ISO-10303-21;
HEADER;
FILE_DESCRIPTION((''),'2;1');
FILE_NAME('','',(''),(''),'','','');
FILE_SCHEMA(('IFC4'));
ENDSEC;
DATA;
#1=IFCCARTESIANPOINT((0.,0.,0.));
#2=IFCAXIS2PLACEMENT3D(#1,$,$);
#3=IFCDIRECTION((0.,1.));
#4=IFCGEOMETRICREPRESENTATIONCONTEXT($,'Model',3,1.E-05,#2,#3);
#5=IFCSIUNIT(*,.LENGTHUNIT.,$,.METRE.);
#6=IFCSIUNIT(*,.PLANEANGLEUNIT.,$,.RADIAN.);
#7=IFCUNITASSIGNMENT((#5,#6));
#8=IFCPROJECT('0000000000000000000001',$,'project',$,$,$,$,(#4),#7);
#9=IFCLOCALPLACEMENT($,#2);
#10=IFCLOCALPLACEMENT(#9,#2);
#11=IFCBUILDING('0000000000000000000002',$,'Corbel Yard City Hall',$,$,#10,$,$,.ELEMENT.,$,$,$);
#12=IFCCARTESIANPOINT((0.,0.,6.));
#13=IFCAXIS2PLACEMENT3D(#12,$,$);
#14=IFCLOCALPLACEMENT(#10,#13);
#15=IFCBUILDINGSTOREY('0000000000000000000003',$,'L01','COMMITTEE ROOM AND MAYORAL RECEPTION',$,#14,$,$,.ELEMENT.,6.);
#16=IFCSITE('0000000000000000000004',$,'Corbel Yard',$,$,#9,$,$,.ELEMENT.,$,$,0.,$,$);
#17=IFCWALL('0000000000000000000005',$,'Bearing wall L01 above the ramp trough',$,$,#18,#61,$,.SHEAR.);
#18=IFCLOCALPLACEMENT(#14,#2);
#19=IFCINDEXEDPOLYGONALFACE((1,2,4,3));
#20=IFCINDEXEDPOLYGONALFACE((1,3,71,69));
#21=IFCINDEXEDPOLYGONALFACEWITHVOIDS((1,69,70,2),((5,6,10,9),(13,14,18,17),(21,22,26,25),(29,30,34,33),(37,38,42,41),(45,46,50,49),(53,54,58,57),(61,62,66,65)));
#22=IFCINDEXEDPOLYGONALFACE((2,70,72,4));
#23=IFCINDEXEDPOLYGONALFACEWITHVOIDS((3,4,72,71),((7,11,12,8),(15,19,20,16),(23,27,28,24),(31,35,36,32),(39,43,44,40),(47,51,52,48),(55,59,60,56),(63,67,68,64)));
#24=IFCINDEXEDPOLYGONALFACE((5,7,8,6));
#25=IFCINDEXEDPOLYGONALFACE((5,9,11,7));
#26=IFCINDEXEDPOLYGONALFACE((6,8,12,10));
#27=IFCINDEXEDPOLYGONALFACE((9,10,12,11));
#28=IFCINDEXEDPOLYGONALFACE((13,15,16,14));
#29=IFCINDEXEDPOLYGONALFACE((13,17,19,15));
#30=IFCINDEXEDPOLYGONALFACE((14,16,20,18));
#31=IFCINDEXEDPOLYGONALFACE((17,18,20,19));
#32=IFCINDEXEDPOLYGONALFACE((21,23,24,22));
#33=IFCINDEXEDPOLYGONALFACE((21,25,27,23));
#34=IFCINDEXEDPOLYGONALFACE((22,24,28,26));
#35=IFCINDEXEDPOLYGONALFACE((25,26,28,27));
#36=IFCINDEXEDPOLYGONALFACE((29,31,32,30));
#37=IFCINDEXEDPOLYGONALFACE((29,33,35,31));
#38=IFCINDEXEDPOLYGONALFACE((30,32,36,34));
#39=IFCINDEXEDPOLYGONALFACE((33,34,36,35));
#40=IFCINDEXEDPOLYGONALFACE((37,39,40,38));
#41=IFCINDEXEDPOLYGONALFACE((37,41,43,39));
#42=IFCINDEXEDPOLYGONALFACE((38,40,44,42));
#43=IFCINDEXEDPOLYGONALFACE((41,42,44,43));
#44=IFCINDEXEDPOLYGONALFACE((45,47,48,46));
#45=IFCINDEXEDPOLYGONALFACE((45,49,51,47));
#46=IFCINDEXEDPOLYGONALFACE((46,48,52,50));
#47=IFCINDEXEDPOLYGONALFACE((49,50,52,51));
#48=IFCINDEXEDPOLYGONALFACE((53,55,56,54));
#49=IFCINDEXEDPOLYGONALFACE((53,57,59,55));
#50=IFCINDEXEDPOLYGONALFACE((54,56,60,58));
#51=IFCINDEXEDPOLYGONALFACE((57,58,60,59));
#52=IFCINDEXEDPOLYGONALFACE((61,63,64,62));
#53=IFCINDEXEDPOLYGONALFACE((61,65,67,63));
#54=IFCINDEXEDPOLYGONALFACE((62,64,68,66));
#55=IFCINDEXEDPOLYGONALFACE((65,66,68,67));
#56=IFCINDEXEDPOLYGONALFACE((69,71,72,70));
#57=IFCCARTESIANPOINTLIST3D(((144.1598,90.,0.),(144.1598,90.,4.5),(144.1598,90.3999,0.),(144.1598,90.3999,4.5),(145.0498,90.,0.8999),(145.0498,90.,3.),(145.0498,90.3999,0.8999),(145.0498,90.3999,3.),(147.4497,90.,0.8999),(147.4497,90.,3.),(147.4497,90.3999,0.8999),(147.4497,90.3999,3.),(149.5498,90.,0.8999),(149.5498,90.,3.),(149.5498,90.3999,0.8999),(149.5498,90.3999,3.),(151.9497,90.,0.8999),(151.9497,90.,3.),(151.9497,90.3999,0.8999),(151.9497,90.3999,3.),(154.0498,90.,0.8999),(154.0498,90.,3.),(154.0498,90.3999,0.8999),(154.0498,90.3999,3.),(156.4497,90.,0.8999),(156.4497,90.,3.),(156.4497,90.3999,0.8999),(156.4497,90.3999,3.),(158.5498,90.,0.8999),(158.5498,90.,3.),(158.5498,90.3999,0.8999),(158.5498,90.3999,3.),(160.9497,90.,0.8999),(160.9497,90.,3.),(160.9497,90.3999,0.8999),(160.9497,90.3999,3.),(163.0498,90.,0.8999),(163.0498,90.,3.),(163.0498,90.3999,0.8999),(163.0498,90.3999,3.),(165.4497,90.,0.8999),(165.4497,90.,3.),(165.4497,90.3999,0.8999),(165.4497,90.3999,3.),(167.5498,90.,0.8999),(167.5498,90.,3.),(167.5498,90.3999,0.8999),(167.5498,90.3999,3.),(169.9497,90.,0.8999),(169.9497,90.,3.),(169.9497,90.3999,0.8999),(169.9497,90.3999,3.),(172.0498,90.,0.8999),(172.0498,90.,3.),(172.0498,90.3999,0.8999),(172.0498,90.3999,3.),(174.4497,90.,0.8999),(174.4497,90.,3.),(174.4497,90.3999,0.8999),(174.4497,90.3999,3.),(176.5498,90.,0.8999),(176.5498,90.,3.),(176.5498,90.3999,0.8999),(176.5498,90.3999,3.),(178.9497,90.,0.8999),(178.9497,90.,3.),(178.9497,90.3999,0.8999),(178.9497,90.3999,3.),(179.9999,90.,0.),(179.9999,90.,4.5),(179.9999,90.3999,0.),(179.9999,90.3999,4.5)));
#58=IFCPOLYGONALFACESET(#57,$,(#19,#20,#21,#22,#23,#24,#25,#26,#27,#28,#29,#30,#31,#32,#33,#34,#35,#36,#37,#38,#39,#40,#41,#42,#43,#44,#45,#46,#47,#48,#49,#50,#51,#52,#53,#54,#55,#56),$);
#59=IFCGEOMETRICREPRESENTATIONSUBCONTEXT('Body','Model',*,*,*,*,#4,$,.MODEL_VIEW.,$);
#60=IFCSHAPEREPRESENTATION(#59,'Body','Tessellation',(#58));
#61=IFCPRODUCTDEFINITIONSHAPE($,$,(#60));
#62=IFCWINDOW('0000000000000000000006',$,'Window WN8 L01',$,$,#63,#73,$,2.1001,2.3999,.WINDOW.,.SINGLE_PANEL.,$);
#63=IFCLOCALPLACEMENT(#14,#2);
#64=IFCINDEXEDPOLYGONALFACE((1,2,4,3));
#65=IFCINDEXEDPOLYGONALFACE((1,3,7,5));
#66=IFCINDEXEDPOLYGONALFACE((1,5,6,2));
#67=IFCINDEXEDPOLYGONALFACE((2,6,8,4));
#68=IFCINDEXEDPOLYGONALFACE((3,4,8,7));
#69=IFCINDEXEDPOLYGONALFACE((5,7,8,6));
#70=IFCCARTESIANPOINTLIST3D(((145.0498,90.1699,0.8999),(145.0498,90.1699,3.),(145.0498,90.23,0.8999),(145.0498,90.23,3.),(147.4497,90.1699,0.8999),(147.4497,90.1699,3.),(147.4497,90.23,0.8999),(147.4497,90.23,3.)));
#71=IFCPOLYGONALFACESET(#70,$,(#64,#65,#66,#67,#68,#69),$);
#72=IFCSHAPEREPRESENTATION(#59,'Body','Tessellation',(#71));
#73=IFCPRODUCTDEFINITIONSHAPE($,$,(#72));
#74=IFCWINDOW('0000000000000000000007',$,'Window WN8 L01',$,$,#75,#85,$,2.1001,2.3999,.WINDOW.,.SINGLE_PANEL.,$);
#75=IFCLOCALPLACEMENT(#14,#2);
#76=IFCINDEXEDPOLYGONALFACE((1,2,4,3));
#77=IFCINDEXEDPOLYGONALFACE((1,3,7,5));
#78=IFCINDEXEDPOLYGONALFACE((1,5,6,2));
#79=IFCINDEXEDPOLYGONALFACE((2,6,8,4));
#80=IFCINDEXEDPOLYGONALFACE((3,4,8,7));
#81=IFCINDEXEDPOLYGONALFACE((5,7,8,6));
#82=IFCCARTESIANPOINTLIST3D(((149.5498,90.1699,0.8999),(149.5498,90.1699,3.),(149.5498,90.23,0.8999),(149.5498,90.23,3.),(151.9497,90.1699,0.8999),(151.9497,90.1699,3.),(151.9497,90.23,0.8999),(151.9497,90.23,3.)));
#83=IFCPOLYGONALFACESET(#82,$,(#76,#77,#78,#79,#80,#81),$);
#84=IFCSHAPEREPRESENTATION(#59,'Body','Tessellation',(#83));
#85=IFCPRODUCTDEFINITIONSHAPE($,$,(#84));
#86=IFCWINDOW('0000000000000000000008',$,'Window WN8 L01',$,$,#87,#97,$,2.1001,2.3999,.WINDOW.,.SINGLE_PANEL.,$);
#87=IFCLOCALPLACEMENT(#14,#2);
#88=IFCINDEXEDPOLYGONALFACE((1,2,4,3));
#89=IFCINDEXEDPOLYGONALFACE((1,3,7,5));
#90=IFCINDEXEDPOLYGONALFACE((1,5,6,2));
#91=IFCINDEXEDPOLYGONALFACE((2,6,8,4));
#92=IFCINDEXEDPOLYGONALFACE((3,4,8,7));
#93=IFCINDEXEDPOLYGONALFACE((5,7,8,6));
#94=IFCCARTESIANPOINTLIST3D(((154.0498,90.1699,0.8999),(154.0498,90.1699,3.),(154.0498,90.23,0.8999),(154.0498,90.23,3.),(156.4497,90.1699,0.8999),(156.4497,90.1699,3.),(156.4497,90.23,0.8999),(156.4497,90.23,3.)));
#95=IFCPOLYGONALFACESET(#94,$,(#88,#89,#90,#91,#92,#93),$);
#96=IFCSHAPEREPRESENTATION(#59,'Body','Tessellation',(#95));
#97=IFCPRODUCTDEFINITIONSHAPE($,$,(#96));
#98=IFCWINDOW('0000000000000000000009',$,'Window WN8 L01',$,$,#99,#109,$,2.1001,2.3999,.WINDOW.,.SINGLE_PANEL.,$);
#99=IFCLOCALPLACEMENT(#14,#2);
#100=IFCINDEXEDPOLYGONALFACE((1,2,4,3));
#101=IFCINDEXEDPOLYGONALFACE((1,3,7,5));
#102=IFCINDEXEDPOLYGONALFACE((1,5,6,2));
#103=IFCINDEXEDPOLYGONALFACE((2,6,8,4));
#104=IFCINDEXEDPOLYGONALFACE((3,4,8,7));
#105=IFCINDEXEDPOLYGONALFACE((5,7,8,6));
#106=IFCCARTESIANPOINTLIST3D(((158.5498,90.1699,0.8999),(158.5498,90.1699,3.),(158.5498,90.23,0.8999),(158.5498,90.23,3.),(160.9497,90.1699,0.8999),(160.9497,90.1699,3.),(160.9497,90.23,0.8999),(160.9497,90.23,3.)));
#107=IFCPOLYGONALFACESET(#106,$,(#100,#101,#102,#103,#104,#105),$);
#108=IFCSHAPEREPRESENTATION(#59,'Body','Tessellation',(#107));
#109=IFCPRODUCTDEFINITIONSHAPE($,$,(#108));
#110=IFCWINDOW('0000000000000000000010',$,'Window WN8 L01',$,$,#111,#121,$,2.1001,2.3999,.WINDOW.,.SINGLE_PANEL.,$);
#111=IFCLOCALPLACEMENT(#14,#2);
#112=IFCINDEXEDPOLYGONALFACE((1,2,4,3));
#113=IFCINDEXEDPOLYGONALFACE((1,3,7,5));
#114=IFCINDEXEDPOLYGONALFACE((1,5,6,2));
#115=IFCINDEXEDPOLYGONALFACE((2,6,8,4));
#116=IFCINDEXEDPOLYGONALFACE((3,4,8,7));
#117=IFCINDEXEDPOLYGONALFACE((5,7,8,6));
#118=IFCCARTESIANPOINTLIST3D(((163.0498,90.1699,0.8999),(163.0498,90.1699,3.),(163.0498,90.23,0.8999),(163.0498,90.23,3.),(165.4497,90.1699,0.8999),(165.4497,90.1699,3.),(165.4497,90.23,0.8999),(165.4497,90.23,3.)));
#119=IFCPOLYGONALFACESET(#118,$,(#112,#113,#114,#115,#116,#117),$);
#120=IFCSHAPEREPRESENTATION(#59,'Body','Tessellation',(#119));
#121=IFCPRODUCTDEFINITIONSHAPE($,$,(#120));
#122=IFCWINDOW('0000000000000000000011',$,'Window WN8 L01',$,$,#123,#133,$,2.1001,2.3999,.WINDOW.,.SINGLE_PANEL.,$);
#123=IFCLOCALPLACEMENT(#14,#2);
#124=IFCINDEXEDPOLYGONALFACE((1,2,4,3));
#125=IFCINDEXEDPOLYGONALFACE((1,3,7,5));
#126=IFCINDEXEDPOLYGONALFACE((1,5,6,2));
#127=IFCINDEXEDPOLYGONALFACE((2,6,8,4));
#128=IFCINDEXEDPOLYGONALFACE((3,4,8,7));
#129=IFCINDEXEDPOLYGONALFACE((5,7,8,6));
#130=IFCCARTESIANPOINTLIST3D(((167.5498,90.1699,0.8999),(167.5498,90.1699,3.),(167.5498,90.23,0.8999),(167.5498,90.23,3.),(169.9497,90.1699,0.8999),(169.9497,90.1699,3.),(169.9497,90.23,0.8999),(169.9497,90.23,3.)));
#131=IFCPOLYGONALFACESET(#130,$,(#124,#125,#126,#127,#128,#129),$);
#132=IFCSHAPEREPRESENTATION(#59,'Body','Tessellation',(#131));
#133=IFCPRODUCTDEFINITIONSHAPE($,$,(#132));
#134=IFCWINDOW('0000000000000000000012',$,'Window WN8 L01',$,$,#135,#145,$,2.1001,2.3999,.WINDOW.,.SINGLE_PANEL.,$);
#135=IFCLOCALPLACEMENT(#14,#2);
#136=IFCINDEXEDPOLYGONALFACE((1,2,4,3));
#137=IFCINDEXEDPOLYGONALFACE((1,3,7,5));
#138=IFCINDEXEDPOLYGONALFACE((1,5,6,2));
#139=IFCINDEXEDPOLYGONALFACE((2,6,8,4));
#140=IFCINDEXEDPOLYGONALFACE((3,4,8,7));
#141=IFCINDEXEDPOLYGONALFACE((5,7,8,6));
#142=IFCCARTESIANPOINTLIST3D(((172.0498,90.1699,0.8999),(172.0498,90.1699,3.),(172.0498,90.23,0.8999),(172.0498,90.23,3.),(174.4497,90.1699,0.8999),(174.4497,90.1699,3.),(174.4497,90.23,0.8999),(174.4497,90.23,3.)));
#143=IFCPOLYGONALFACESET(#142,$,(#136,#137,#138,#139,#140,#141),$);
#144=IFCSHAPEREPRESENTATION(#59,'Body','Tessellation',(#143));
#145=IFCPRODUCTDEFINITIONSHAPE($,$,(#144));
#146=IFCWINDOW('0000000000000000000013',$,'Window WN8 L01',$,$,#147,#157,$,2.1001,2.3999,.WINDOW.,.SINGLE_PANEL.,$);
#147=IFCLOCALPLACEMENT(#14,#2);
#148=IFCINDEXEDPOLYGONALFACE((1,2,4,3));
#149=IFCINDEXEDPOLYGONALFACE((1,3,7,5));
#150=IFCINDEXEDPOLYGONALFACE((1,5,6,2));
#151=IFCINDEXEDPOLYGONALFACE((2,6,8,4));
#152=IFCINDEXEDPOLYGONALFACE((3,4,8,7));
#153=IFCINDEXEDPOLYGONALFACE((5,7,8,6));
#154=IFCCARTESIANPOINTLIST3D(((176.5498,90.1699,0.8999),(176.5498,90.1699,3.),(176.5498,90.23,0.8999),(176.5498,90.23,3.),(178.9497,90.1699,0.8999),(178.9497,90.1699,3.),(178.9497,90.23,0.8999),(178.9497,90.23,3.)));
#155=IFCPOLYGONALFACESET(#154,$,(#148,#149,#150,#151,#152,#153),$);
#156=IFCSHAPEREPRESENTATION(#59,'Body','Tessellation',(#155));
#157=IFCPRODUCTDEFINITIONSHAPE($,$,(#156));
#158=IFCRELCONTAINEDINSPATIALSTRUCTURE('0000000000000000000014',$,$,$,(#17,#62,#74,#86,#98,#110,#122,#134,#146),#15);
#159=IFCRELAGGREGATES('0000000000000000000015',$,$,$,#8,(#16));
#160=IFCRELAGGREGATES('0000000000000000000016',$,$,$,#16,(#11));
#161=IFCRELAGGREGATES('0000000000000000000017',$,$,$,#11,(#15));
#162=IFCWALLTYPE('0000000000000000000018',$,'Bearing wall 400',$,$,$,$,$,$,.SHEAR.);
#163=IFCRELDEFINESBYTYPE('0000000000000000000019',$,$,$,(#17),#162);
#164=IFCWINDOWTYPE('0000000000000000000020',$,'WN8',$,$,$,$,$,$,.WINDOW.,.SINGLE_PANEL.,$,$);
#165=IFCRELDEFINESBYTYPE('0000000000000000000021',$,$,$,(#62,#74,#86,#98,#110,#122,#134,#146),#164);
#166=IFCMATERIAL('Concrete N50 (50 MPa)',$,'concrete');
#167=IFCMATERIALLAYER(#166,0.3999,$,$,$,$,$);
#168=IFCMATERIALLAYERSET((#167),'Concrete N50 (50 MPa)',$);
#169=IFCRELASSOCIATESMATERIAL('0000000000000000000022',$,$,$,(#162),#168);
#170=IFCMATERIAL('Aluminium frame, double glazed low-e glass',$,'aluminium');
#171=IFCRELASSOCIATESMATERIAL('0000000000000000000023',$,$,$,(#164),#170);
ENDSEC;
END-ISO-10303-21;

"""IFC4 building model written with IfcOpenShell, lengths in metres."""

from ifc_helpers import new_model, si_unit, direction, frame, frame_2d, origin, place, context, subcontext, project, spatial, rectangle, extrude, material, layer, layer_set, type_object, element, fill, save


model = new_model("IFC4")

# Units and contexts
model_context = context("Model", 3, precision=1e-05, world=origin(), true_north=direction((0.0, 1.0)))
body_context = subcontext(model_context, "Body", "Model", "MODEL_VIEW")
ifc_project = project(units=[si_unit("LENGTHUNIT", "METRE"), si_unit("PLANEANGLEUNIT", "RADIAN")], contexts=[model_context])

# Site, building, storey
site_placement = place(None, origin())
site = spatial("IfcSite", under=ifc_project, at=site_placement, Name="Corbel Yard", CompositionType="ELEMENT", RefElevation=0.0)
building_placement = place(site_placement, origin())
building = spatial("IfcBuilding", under=site, at=building_placement, Name="Corbel Yard City Hall", CompositionType="ELEMENT")
storey_placement = place(building_placement, frame((0.0, 0.0, 6.0)))
storey = spatial("IfcBuildingStorey", under=building, at=storey_placement, Name="L01", Description="COMMITTEE ROOM AND MAYORAL RECEPTION", CompositionType="ELEMENT", Elevation=6.0)

# Wall, openings, windows
ifc_material_1 = material(Name="Concrete N50 (50 MPa)", Category="concrete")
ifc_layer_1 = layer(ifc_material_1, 0.3999)
ifc_layer_set_1 = layer_set([ifc_layer_1], Name="Concrete N50 (50 MPa)")
wall_type_1 = type_object("IfcWallType", Name="Bearing wall 400", PredefinedType="SHEAR", material=ifc_layer_set_1)
wall_1_placement = place(storey_placement, frame((144.1599, 90.2, 0.0), z_axis=(0.0, 0.0, 1.0), x_axis=(1.0, 0.0, 0.0)))
wall_1 = element("IfcWall", 1, at=wall_1_placement, inside=storey, type_object=wall_type_1, Name="Bearing wall L01 above the ramp trough", PredefinedType="SHEAR", context=body_context, shape_type="SweptSolid", body=[
    extrude(rectangle(XDim=35.8401, YDim=0.3999, at=frame_2d((17.9199, 0.0))), origin(), (0.0, 0.0, 1.0), 4.5),
])
opening_1_placement = place(wall_1_placement, frame((0.8899, 0.0, 0.8999)))
opening_1 = element("IfcOpeningElement", 2, at=opening_1_placement, cuts=wall_1, PredefinedType="OPENING", context=body_context, shape_type="SweptSolid", body=[
    extrude(rectangle(XDim=2.3999, YDim=2.1001, at=frame_2d((1.2, 1.05))), frame((0.0, 0.21, 0.0), z_axis=(0.0, -1.0, 0.0), x_axis=(1.0, 0.0, 0.0)), (0.0, 0.0, 1.0), 0.4199),
])
opening_2_placement = place(wall_1_placement, frame((5.3899, 0.0, 0.8999)))
opening_2 = element("IfcOpeningElement", 3, at=opening_2_placement, cuts=wall_1, PredefinedType="OPENING", context=body_context, shape_type="SweptSolid", body=[
    extrude(rectangle(XDim=2.3999, YDim=2.1001, at=frame_2d((1.2, 1.05))), frame((0.0, 0.21, 0.0), z_axis=(0.0, -1.0, 0.0), x_axis=(1.0, 0.0, 0.0)), (0.0, 0.0, 1.0), 0.4199),
])
opening_3_placement = place(wall_1_placement, frame((9.8899, 0.0, 0.8999)))
opening_3 = element("IfcOpeningElement", 4, at=opening_3_placement, cuts=wall_1, PredefinedType="OPENING", context=body_context, shape_type="SweptSolid", body=[
    extrude(rectangle(XDim=2.3999, YDim=2.1001, at=frame_2d((1.2, 1.05))), frame((0.0, 0.21, 0.0), z_axis=(0.0, -1.0, 0.0), x_axis=(1.0, 0.0, 0.0)), (0.0, 0.0, 1.0), 0.4199),
])
opening_4_placement = place(wall_1_placement, frame((14.3899, 0.0, 0.8999)))
opening_4 = element("IfcOpeningElement", 5, at=opening_4_placement, cuts=wall_1, PredefinedType="OPENING", context=body_context, shape_type="SweptSolid", body=[
    extrude(rectangle(XDim=2.3999, YDim=2.1001, at=frame_2d((1.2, 1.05))), frame((0.0, 0.21, 0.0), z_axis=(0.0, -1.0, 0.0), x_axis=(1.0, 0.0, 0.0)), (0.0, 0.0, 1.0), 0.4199),
])
opening_5_placement = place(wall_1_placement, frame((18.8899, 0.0, 0.8999)))
opening_5 = element("IfcOpeningElement", 6, at=opening_5_placement, cuts=wall_1, PredefinedType="OPENING", context=body_context, shape_type="SweptSolid", body=[
    extrude(rectangle(XDim=2.3999, YDim=2.1001, at=frame_2d((1.2, 1.05))), frame((0.0, 0.21, 0.0), z_axis=(0.0, -1.0, 0.0), x_axis=(1.0, 0.0, 0.0)), (0.0, 0.0, 1.0), 0.4199),
])
opening_6_placement = place(wall_1_placement, frame((23.3899, 0.0, 0.8999)))
opening_6 = element("IfcOpeningElement", 7, at=opening_6_placement, cuts=wall_1, PredefinedType="OPENING", context=body_context, shape_type="SweptSolid", body=[
    extrude(rectangle(XDim=2.3999, YDim=2.1001, at=frame_2d((1.2, 1.05))), frame((0.0, 0.21, 0.0), z_axis=(0.0, -1.0, 0.0), x_axis=(1.0, 0.0, 0.0)), (0.0, 0.0, 1.0), 0.4199),
])
opening_7_placement = place(wall_1_placement, frame((27.8899, 0.0, 0.8999)))
opening_7 = element("IfcOpeningElement", 8, at=opening_7_placement, cuts=wall_1, PredefinedType="OPENING", context=body_context, shape_type="SweptSolid", body=[
    extrude(rectangle(XDim=2.3999, YDim=2.1001, at=frame_2d((1.2, 1.05))), frame((0.0, 0.21, 0.0), z_axis=(0.0, -1.0, 0.0), x_axis=(1.0, 0.0, 0.0)), (0.0, 0.0, 1.0), 0.4199),
])
opening_8_placement = place(wall_1_placement, frame((32.3899, 0.0, 0.8999)))
opening_8 = element("IfcOpeningElement", 9, at=opening_8_placement, cuts=wall_1, PredefinedType="OPENING", context=body_context, shape_type="SweptSolid", body=[
    extrude(rectangle(XDim=2.3999, YDim=2.1001, at=frame_2d((1.2, 1.05))), frame((0.0, 0.21, 0.0), z_axis=(0.0, -1.0, 0.0), x_axis=(1.0, 0.0, 0.0)), (0.0, 0.0, 1.0), 0.4199),
])
ifc_material_2 = material(Name="Aluminium frame, double glazed low-e glass", Category="aluminium")
window_type = type_object("IfcWindowType", Name="WN8", PartitioningType="SINGLE_PANEL", PredefinedType="WINDOW", material=ifc_material_2)
window_1_placement = place(opening_1_placement, origin())
window_1 = element("IfcWindow", 10, at=window_1_placement, inside=storey, type_object=window_type, Name="Window WN8 L01", OverallHeight=2.1001, OverallWidth=2.3999, PartitioningType="SINGLE_PANEL", PredefinedType="WINDOW", context=body_context, shape_type="SweptSolid", body=[
    extrude(rectangle(XDim=2.3999, YDim=2.1001, at=frame_2d((1.2, 1.05))), frame((0.0, 0.03, 0.0), z_axis=(0.0, -1.0, 0.0), x_axis=(1.0, 0.0, 0.0)), (0.0, 0.0, 1.0), 0.0601),
])
fill(opening_1, window_1)
window_2_placement = place(opening_2_placement, origin())
window_2 = element("IfcWindow", 11, at=window_2_placement, inside=storey, type_object=window_type, Name="Window WN8 L01", OverallHeight=2.1001, OverallWidth=2.3999, PartitioningType="SINGLE_PANEL", PredefinedType="WINDOW", context=body_context, shape_type="SweptSolid", body=[
    extrude(rectangle(XDim=2.3999, YDim=2.1001, at=frame_2d((1.2, 1.05))), frame((0.0, 0.03, 0.0), z_axis=(0.0, -1.0, 0.0), x_axis=(1.0, 0.0, 0.0)), (0.0, 0.0, 1.0), 0.0601),
])
fill(opening_2, window_2)
window_3_placement = place(opening_3_placement, origin())
window_3 = element("IfcWindow", 12, at=window_3_placement, inside=storey, type_object=window_type, Name="Window WN8 L01", OverallHeight=2.1001, OverallWidth=2.3999, PartitioningType="SINGLE_PANEL", PredefinedType="WINDOW", context=body_context, shape_type="SweptSolid", body=[
    extrude(rectangle(XDim=2.3999, YDim=2.1001, at=frame_2d((1.2, 1.05))), frame((0.0, 0.03, 0.0), z_axis=(0.0, -1.0, 0.0), x_axis=(1.0, 0.0, 0.0)), (0.0, 0.0, 1.0), 0.0601),
])
fill(opening_3, window_3)
window_4_placement = place(opening_4_placement, origin())
window_4 = element("IfcWindow", 13, at=window_4_placement, inside=storey, type_object=window_type, Name="Window WN8 L01", OverallHeight=2.1001, OverallWidth=2.3999, PartitioningType="SINGLE_PANEL", PredefinedType="WINDOW", context=body_context, shape_type="SweptSolid", body=[
    extrude(rectangle(XDim=2.3999, YDim=2.1001, at=frame_2d((1.2, 1.05))), frame((0.0, 0.03, 0.0), z_axis=(0.0, -1.0, 0.0), x_axis=(1.0, 0.0, 0.0)), (0.0, 0.0, 1.0), 0.0601),
])
fill(opening_4, window_4)
window_5_placement = place(opening_5_placement, origin())
window_5 = element("IfcWindow", 14, at=window_5_placement, inside=storey, type_object=window_type, Name="Window WN8 L01", OverallHeight=2.1001, OverallWidth=2.3999, PartitioningType="SINGLE_PANEL", PredefinedType="WINDOW", context=body_context, shape_type="SweptSolid", body=[
    extrude(rectangle(XDim=2.3999, YDim=2.1001, at=frame_2d((1.2, 1.05))), frame((0.0, 0.03, 0.0), z_axis=(0.0, -1.0, 0.0), x_axis=(1.0, 0.0, 0.0)), (0.0, 0.0, 1.0), 0.0601),
])
fill(opening_5, window_5)
window_6_placement = place(opening_6_placement, origin())
window_6 = element("IfcWindow", 15, at=window_6_placement, inside=storey, type_object=window_type, Name="Window WN8 L01", OverallHeight=2.1001, OverallWidth=2.3999, PartitioningType="SINGLE_PANEL", PredefinedType="WINDOW", context=body_context, shape_type="SweptSolid", body=[
    extrude(rectangle(XDim=2.3999, YDim=2.1001, at=frame_2d((1.2, 1.05))), frame((0.0, 0.03, 0.0), z_axis=(0.0, -1.0, 0.0), x_axis=(1.0, 0.0, 0.0)), (0.0, 0.0, 1.0), 0.0601),
])
fill(opening_6, window_6)
window_7_placement = place(opening_7_placement, origin())
window_7 = element("IfcWindow", 16, at=window_7_placement, inside=storey, type_object=window_type, Name="Window WN8 L01", OverallHeight=2.1001, OverallWidth=2.3999, PartitioningType="SINGLE_PANEL", PredefinedType="WINDOW", context=body_context, shape_type="SweptSolid", body=[
    extrude(rectangle(XDim=2.3999, YDim=2.1001, at=frame_2d((1.2, 1.05))), frame((0.0, 0.03, 0.0), z_axis=(0.0, -1.0, 0.0), x_axis=(1.0, 0.0, 0.0)), (0.0, 0.0, 1.0), 0.0601),
])
fill(opening_7, window_7)
window_8_placement = place(opening_8_placement, origin())
window_8 = element("IfcWindow", 17, at=window_8_placement, inside=storey, type_object=window_type, Name="Window WN8 L01", OverallHeight=2.1001, OverallWidth=2.3999, PartitioningType="SINGLE_PANEL", PredefinedType="WINDOW", context=body_context, shape_type="SweptSolid", body=[
    extrude(rectangle(XDim=2.3999, YDim=2.1001, at=frame_2d((1.2, 1.05))), frame((0.0, 0.03, 0.0), z_axis=(0.0, -1.0, 0.0), x_axis=(1.0, 0.0, 0.0)), (0.0, 0.0, 1.0), 0.0601),
])
fill(opening_8, window_8)

save(model, "model.ifc")
